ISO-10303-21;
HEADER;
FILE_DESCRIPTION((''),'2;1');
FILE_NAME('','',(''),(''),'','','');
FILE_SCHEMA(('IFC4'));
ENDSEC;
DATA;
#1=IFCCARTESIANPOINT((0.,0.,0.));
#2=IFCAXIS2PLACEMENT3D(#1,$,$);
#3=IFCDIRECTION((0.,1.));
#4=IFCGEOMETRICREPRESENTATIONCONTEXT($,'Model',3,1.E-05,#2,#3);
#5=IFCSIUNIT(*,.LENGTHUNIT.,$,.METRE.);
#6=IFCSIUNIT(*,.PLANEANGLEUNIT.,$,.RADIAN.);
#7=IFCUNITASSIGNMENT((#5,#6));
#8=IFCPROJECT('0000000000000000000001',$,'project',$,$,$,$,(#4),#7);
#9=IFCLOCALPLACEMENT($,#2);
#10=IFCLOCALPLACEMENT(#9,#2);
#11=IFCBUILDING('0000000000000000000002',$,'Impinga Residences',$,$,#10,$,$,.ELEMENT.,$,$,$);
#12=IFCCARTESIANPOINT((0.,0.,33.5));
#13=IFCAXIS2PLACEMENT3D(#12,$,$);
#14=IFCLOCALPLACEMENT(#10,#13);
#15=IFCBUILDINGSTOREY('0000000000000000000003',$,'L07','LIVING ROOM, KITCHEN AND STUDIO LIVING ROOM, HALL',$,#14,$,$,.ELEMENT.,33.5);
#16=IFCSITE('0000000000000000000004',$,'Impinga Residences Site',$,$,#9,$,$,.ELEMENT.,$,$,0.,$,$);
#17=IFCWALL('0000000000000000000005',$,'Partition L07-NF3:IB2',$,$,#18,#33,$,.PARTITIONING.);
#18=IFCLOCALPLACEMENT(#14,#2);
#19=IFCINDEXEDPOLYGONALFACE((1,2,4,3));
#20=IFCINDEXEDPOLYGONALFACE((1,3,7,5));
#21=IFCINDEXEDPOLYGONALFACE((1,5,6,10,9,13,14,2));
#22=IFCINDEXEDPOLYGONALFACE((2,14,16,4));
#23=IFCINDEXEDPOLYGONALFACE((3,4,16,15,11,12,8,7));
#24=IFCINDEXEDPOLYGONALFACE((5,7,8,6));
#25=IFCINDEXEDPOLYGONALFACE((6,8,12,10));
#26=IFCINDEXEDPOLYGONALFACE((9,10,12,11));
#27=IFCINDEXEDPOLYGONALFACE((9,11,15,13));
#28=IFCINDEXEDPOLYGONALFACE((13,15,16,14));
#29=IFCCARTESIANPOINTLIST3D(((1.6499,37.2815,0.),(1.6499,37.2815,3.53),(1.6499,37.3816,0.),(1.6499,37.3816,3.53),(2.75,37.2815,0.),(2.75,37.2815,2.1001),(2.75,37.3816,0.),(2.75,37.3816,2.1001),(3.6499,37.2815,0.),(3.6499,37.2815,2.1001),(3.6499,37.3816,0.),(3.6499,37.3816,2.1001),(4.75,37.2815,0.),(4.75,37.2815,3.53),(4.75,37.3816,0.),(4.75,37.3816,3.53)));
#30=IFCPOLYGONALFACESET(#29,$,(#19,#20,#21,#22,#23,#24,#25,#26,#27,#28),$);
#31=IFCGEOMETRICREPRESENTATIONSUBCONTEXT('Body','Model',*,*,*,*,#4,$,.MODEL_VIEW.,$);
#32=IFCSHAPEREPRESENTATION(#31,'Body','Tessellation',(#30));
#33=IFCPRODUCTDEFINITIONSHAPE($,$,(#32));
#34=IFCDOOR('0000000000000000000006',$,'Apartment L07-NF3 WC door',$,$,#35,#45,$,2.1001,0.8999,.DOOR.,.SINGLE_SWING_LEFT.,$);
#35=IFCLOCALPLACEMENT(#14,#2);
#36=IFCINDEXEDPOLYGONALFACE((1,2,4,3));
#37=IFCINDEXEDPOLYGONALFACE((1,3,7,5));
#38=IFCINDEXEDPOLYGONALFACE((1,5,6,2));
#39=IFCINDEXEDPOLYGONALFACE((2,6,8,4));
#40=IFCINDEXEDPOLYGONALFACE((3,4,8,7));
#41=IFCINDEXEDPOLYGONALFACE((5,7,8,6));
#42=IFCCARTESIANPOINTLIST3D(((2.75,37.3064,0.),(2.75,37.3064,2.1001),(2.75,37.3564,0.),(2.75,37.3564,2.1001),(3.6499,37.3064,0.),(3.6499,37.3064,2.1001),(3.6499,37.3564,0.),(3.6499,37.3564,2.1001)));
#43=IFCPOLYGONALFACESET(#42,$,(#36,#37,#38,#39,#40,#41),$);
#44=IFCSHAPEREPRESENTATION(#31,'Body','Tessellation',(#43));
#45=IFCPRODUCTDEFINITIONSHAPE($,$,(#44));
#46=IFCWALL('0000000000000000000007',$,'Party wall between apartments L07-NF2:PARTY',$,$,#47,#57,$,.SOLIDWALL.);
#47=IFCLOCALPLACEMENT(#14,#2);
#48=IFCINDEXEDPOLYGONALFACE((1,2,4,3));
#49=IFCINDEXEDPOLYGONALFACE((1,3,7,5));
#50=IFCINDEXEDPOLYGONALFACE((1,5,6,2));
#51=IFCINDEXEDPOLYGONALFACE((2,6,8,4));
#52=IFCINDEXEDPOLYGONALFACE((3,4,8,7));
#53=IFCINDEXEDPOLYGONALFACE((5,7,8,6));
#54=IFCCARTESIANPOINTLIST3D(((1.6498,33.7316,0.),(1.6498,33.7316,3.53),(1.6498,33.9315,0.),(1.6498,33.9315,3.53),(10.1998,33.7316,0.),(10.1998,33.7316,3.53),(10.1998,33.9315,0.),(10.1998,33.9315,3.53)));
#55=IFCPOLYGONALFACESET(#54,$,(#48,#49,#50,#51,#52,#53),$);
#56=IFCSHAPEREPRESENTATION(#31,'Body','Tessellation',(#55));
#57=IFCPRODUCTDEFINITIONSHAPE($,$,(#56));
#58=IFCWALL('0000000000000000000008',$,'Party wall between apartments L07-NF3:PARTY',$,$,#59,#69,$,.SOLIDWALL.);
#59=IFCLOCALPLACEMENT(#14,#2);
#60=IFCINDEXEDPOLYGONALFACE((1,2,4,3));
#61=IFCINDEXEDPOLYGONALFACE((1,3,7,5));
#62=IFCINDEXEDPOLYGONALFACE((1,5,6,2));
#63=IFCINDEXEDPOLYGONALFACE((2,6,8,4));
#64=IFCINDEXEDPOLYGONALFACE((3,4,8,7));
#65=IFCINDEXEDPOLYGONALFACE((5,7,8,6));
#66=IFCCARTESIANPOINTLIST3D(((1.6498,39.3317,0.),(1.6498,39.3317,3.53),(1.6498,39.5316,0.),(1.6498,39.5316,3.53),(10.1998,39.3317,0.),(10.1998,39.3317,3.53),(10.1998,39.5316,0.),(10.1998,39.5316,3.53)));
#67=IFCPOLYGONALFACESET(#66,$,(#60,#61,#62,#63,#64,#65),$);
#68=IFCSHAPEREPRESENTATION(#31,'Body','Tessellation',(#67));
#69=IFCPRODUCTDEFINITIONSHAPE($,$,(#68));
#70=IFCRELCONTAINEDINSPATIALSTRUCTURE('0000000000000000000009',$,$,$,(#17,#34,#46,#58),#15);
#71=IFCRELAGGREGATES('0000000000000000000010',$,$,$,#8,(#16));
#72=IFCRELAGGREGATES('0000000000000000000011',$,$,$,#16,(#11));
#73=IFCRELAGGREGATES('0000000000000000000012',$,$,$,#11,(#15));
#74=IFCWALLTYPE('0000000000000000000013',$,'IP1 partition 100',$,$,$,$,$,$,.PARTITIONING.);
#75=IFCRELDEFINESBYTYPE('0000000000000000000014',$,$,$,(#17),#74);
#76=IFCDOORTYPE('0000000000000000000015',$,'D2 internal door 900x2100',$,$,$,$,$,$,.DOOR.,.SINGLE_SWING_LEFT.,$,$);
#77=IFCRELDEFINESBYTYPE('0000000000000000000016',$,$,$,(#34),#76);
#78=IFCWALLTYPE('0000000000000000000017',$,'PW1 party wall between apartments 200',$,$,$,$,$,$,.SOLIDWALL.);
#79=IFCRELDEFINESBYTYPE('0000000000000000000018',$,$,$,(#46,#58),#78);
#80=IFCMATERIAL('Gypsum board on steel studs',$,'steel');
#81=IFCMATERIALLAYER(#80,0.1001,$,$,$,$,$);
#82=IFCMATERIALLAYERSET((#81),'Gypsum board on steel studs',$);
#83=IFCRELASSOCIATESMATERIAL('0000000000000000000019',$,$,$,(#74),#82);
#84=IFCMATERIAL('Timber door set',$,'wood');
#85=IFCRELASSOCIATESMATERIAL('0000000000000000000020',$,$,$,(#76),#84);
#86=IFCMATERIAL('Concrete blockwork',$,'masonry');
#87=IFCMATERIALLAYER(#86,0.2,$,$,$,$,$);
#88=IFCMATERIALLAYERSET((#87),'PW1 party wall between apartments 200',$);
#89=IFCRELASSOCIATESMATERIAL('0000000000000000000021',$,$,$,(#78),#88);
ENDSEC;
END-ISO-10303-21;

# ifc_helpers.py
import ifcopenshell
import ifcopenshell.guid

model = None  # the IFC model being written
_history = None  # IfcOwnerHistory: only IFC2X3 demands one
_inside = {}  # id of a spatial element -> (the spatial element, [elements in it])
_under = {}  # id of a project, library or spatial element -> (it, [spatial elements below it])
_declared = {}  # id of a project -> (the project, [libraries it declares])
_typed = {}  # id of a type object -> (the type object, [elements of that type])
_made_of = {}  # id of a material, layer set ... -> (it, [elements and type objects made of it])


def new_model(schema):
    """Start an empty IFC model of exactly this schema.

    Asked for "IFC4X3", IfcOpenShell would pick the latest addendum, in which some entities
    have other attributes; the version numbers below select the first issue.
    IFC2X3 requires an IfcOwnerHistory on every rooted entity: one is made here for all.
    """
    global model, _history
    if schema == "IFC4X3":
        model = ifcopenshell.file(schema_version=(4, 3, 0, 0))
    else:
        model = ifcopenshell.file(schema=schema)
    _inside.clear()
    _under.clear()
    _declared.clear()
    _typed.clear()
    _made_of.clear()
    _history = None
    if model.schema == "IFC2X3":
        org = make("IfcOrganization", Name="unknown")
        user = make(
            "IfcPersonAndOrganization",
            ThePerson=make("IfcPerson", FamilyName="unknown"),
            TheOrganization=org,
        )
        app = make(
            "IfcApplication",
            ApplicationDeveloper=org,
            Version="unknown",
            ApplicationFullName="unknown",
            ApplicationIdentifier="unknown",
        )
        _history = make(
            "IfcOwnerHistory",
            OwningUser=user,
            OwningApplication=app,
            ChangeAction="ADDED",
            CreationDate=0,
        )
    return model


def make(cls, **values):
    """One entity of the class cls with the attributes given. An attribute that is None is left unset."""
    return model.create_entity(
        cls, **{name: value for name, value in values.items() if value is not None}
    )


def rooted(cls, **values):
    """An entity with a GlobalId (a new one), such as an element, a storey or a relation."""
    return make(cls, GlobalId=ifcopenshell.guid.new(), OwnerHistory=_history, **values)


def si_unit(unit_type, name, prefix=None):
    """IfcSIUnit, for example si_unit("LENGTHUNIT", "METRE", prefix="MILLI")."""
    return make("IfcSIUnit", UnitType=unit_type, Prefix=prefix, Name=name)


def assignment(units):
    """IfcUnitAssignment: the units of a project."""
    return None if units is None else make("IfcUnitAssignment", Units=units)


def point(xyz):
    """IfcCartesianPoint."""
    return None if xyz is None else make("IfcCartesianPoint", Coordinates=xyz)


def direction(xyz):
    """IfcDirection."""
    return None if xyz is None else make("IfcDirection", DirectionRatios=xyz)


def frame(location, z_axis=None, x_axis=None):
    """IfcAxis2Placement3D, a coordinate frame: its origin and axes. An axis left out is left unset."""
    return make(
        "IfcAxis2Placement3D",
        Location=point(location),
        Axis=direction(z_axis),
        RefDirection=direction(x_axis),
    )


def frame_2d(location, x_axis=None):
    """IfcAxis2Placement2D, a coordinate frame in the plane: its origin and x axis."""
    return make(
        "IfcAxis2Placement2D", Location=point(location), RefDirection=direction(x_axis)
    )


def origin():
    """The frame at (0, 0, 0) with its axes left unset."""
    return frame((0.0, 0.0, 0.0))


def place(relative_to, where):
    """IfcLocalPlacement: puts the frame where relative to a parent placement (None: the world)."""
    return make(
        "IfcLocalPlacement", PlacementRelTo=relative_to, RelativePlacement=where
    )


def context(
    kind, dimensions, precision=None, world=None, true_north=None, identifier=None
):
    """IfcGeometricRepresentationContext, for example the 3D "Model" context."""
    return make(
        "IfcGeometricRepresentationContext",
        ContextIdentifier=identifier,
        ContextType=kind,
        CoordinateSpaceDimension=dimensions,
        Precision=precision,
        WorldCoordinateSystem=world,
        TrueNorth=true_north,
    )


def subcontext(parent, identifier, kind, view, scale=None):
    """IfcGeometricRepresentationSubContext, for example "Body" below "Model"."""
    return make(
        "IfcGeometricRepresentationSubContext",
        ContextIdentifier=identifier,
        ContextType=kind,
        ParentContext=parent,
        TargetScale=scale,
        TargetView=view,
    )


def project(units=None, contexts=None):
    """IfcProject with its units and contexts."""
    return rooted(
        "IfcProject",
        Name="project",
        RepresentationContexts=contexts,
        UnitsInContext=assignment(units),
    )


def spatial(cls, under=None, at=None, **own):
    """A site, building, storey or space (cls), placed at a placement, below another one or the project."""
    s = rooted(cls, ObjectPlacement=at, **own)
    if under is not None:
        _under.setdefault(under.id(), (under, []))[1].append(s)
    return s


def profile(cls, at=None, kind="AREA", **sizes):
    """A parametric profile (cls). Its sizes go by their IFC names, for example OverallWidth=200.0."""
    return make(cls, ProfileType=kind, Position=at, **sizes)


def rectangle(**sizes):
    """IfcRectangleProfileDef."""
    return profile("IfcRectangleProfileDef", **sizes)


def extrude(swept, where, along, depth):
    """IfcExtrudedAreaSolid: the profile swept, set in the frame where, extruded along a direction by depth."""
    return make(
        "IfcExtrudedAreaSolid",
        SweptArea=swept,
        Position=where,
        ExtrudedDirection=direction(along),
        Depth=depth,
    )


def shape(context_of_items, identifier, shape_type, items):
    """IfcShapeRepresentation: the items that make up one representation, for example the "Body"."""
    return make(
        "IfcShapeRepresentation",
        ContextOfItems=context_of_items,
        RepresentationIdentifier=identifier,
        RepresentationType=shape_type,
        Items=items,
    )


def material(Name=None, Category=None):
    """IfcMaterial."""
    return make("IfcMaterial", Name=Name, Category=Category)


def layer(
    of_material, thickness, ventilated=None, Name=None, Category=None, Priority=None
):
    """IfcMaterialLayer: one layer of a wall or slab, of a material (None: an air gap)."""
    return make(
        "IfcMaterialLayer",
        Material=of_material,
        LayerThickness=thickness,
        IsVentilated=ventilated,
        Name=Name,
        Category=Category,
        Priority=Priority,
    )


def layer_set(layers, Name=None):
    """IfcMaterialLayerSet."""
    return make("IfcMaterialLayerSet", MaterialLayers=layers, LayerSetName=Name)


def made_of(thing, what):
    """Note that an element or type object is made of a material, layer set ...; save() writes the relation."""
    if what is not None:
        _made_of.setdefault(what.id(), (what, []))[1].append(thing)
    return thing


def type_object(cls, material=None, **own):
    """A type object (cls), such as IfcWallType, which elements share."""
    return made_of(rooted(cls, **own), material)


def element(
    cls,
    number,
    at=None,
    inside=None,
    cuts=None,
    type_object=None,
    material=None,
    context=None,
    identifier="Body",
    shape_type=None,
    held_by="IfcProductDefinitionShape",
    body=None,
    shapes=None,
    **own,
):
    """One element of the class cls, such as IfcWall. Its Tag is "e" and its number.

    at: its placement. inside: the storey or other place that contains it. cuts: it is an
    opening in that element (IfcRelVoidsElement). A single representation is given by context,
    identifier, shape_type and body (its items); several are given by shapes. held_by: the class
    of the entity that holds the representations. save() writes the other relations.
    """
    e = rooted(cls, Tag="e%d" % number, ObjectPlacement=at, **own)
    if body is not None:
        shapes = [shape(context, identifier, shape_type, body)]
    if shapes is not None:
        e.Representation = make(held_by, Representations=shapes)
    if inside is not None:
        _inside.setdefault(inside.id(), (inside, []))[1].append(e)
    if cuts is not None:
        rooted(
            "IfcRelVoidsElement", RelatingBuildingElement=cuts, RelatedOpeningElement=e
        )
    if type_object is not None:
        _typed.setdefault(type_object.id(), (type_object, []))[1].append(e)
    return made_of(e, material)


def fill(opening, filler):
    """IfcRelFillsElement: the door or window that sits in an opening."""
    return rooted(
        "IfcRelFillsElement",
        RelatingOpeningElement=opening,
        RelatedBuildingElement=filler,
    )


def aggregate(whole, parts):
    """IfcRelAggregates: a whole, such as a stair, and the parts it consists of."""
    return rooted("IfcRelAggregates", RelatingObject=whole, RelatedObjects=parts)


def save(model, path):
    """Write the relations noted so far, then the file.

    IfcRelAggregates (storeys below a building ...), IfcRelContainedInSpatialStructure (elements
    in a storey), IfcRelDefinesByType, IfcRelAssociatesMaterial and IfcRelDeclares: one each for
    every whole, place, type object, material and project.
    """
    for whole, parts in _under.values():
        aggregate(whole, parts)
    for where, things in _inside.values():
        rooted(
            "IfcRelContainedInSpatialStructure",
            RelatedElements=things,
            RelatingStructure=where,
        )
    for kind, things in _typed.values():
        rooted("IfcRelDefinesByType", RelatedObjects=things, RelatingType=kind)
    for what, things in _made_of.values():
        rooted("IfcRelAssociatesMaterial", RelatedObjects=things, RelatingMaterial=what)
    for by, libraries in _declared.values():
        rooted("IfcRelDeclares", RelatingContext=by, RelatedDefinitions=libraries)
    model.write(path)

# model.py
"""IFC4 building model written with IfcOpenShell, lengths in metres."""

from ifc_helpers import new_model, si_unit, direction, frame, frame_2d, origin, place, context, subcontext, project, spatial, rectangle, extrude, material, layer, layer_set, type_object, element, fill, save


model = new_model("IFC4")

# Units and contexts
model_context = context("Model", 3, precision=1e-05, world=origin(), true_north=direction((0.0, 1.0)))
body_context = subcontext(model_context, "Body", "Model", "MODEL_VIEW")
ifc_project = project(units=[si_unit("LENGTHUNIT", "METRE"), si_unit("PLANEANGLEUNIT", "RADIAN")], contexts=[model_context])

# Site, building, storey
site_placement = place(None, origin())
site = spatial("IfcSite", under=ifc_project, at=site_placement, Name="Impinga Residences Site", CompositionType="ELEMENT", RefElevation=0.0)
building_placement = place(site_placement, origin())
building = spatial("IfcBuilding", under=site, at=building_placement, Name="Impinga Residences", CompositionType="ELEMENT")
storey_placement = place(building_placement, frame((0.0, 0.0, 33.5)))
storey = spatial("IfcBuildingStorey", under=building, at=storey_placement, Name="L07", Description="LIVING ROOM, KITCHEN AND STUDIO LIVING ROOM, HALL", CompositionType="ELEMENT", Elevation=33.5)

# Shared definitions
ifc_material_1 = material(Name="Gypsum board on steel studs", Category="steel")
ifc_layer_1 = layer(ifc_material_1, 0.1001)
ifc_layer_set_1 = layer_set([ifc_layer_1], Name="Gypsum board on steel studs")
wall_type_1 = type_object("IfcWallType", Name="IP1 partition 100", PredefinedType="PARTITIONING", material=ifc_layer_set_1)

# Shared definitions
ifc_material_2 = material(Name="Timber door set", Category="wood")
door_type = type_object("IfcDoorType", Name="D2 internal door 900x2100", OperationType="SINGLE_SWING_LEFT", PredefinedType="DOOR", material=ifc_material_2)

# Wall, opening, door
wall_1_placement = place(storey_placement, frame((1.6499, 37.3315, 0.0), z_axis=(0.0, 0.0, 1.0), x_axis=(1.0, 0.0, 0.0)))
wall_1 = element("IfcWall", 1, at=wall_1_placement, inside=storey, type_object=wall_type_1, Name="Partition L07-NF3:IB2", PredefinedType="PARTITIONING", context=body_context, shape_type="SweptSolid", body=[
    extrude(rectangle(XDim=3.1001, YDim=0.1001, at=frame_2d((1.55, 0.0))), origin(), (0.0, 0.0, 1.0), 3.53),
])
opening_1_placement = place(wall_1_placement, frame((1.1001, 0.0, 0.0)))
opening_1 = element("IfcOpeningElement", 2, at=opening_1_placement, cuts=wall_1, PredefinedType="OPENING", context=body_context, shape_type="SweptSolid", body=[
    extrude(rectangle(XDim=0.8999, YDim=2.1001, at=frame_2d((0.45, 1.05))), frame((0.0, 0.0601, 0.0), z_axis=(0.0, -1.0, 0.0), x_axis=(1.0, 0.0, 0.0)), (0.0, 0.0, 1.0), 0.1201),
])
door_1_placement = place(opening_1_placement, origin())
door_1 = element("IfcDoor", 3, at=door_1_placement, inside=storey, type_object=door_type, Name="Apartment L07-NF3 WC door", OperationType="SINGLE_SWING_LEFT", OverallHeight=2.1001, OverallWidth=0.8999, PredefinedType="DOOR", context=body_context, shape_type="SweptSolid", body=[
    extrude(rectangle(XDim=0.8999, YDim=2.1001, at=frame_2d((0.45, 1.05))), frame((0.0, 0.0249, 0.0), z_axis=(0.0, -1.0, 0.0), x_axis=(1.0, 0.0, 0.0)), (0.0, 0.0, 1.0), 0.05),
])
fill(opening_1, door_1)

# Walls
ifc_material_3 = material(Name="Concrete blockwork", Category="masonry")
ifc_layer_2 = layer(ifc_material_3, 0.2)
ifc_layer_set_2 = layer_set([ifc_layer_2], Name="PW1 party wall between apartments 200")
wall_type_2 = type_object("IfcWallType", Name="PW1 party wall between apartments 200", PredefinedType="SOLIDWALL", material=ifc_layer_set_2)
for number, where, z_axis, x_axis, name in (
    (4, (1.6499, 33.8315, 0.0), (0.0, 0.0, 1.0), (1.0, 0.0, 0.0), "Party wall between apartments L07-NF2:PARTY"),
    (5, (1.6499, 39.4316, 0.0), (0.0, 0.0, 1.0), (1.0, 0.0, 0.0), "Party wall between apartments L07-NF3:PARTY"),
):
    element("IfcWall", number, at=place(storey_placement, frame(where, z_axis=z_axis, x_axis=x_axis)), inside=storey, type_object=wall_type_2, Name=name, PredefinedType="SOLIDWALL", context=body_context, shape_type="SweptSolid", body=[
        extrude(rectangle(XDim=8.55, YDim=0.2, at=frame_2d((4.2749, 0.0))), origin(), (0.0, 0.0, 1.0), 3.53),
    ])

save(model, "model.ifc")
